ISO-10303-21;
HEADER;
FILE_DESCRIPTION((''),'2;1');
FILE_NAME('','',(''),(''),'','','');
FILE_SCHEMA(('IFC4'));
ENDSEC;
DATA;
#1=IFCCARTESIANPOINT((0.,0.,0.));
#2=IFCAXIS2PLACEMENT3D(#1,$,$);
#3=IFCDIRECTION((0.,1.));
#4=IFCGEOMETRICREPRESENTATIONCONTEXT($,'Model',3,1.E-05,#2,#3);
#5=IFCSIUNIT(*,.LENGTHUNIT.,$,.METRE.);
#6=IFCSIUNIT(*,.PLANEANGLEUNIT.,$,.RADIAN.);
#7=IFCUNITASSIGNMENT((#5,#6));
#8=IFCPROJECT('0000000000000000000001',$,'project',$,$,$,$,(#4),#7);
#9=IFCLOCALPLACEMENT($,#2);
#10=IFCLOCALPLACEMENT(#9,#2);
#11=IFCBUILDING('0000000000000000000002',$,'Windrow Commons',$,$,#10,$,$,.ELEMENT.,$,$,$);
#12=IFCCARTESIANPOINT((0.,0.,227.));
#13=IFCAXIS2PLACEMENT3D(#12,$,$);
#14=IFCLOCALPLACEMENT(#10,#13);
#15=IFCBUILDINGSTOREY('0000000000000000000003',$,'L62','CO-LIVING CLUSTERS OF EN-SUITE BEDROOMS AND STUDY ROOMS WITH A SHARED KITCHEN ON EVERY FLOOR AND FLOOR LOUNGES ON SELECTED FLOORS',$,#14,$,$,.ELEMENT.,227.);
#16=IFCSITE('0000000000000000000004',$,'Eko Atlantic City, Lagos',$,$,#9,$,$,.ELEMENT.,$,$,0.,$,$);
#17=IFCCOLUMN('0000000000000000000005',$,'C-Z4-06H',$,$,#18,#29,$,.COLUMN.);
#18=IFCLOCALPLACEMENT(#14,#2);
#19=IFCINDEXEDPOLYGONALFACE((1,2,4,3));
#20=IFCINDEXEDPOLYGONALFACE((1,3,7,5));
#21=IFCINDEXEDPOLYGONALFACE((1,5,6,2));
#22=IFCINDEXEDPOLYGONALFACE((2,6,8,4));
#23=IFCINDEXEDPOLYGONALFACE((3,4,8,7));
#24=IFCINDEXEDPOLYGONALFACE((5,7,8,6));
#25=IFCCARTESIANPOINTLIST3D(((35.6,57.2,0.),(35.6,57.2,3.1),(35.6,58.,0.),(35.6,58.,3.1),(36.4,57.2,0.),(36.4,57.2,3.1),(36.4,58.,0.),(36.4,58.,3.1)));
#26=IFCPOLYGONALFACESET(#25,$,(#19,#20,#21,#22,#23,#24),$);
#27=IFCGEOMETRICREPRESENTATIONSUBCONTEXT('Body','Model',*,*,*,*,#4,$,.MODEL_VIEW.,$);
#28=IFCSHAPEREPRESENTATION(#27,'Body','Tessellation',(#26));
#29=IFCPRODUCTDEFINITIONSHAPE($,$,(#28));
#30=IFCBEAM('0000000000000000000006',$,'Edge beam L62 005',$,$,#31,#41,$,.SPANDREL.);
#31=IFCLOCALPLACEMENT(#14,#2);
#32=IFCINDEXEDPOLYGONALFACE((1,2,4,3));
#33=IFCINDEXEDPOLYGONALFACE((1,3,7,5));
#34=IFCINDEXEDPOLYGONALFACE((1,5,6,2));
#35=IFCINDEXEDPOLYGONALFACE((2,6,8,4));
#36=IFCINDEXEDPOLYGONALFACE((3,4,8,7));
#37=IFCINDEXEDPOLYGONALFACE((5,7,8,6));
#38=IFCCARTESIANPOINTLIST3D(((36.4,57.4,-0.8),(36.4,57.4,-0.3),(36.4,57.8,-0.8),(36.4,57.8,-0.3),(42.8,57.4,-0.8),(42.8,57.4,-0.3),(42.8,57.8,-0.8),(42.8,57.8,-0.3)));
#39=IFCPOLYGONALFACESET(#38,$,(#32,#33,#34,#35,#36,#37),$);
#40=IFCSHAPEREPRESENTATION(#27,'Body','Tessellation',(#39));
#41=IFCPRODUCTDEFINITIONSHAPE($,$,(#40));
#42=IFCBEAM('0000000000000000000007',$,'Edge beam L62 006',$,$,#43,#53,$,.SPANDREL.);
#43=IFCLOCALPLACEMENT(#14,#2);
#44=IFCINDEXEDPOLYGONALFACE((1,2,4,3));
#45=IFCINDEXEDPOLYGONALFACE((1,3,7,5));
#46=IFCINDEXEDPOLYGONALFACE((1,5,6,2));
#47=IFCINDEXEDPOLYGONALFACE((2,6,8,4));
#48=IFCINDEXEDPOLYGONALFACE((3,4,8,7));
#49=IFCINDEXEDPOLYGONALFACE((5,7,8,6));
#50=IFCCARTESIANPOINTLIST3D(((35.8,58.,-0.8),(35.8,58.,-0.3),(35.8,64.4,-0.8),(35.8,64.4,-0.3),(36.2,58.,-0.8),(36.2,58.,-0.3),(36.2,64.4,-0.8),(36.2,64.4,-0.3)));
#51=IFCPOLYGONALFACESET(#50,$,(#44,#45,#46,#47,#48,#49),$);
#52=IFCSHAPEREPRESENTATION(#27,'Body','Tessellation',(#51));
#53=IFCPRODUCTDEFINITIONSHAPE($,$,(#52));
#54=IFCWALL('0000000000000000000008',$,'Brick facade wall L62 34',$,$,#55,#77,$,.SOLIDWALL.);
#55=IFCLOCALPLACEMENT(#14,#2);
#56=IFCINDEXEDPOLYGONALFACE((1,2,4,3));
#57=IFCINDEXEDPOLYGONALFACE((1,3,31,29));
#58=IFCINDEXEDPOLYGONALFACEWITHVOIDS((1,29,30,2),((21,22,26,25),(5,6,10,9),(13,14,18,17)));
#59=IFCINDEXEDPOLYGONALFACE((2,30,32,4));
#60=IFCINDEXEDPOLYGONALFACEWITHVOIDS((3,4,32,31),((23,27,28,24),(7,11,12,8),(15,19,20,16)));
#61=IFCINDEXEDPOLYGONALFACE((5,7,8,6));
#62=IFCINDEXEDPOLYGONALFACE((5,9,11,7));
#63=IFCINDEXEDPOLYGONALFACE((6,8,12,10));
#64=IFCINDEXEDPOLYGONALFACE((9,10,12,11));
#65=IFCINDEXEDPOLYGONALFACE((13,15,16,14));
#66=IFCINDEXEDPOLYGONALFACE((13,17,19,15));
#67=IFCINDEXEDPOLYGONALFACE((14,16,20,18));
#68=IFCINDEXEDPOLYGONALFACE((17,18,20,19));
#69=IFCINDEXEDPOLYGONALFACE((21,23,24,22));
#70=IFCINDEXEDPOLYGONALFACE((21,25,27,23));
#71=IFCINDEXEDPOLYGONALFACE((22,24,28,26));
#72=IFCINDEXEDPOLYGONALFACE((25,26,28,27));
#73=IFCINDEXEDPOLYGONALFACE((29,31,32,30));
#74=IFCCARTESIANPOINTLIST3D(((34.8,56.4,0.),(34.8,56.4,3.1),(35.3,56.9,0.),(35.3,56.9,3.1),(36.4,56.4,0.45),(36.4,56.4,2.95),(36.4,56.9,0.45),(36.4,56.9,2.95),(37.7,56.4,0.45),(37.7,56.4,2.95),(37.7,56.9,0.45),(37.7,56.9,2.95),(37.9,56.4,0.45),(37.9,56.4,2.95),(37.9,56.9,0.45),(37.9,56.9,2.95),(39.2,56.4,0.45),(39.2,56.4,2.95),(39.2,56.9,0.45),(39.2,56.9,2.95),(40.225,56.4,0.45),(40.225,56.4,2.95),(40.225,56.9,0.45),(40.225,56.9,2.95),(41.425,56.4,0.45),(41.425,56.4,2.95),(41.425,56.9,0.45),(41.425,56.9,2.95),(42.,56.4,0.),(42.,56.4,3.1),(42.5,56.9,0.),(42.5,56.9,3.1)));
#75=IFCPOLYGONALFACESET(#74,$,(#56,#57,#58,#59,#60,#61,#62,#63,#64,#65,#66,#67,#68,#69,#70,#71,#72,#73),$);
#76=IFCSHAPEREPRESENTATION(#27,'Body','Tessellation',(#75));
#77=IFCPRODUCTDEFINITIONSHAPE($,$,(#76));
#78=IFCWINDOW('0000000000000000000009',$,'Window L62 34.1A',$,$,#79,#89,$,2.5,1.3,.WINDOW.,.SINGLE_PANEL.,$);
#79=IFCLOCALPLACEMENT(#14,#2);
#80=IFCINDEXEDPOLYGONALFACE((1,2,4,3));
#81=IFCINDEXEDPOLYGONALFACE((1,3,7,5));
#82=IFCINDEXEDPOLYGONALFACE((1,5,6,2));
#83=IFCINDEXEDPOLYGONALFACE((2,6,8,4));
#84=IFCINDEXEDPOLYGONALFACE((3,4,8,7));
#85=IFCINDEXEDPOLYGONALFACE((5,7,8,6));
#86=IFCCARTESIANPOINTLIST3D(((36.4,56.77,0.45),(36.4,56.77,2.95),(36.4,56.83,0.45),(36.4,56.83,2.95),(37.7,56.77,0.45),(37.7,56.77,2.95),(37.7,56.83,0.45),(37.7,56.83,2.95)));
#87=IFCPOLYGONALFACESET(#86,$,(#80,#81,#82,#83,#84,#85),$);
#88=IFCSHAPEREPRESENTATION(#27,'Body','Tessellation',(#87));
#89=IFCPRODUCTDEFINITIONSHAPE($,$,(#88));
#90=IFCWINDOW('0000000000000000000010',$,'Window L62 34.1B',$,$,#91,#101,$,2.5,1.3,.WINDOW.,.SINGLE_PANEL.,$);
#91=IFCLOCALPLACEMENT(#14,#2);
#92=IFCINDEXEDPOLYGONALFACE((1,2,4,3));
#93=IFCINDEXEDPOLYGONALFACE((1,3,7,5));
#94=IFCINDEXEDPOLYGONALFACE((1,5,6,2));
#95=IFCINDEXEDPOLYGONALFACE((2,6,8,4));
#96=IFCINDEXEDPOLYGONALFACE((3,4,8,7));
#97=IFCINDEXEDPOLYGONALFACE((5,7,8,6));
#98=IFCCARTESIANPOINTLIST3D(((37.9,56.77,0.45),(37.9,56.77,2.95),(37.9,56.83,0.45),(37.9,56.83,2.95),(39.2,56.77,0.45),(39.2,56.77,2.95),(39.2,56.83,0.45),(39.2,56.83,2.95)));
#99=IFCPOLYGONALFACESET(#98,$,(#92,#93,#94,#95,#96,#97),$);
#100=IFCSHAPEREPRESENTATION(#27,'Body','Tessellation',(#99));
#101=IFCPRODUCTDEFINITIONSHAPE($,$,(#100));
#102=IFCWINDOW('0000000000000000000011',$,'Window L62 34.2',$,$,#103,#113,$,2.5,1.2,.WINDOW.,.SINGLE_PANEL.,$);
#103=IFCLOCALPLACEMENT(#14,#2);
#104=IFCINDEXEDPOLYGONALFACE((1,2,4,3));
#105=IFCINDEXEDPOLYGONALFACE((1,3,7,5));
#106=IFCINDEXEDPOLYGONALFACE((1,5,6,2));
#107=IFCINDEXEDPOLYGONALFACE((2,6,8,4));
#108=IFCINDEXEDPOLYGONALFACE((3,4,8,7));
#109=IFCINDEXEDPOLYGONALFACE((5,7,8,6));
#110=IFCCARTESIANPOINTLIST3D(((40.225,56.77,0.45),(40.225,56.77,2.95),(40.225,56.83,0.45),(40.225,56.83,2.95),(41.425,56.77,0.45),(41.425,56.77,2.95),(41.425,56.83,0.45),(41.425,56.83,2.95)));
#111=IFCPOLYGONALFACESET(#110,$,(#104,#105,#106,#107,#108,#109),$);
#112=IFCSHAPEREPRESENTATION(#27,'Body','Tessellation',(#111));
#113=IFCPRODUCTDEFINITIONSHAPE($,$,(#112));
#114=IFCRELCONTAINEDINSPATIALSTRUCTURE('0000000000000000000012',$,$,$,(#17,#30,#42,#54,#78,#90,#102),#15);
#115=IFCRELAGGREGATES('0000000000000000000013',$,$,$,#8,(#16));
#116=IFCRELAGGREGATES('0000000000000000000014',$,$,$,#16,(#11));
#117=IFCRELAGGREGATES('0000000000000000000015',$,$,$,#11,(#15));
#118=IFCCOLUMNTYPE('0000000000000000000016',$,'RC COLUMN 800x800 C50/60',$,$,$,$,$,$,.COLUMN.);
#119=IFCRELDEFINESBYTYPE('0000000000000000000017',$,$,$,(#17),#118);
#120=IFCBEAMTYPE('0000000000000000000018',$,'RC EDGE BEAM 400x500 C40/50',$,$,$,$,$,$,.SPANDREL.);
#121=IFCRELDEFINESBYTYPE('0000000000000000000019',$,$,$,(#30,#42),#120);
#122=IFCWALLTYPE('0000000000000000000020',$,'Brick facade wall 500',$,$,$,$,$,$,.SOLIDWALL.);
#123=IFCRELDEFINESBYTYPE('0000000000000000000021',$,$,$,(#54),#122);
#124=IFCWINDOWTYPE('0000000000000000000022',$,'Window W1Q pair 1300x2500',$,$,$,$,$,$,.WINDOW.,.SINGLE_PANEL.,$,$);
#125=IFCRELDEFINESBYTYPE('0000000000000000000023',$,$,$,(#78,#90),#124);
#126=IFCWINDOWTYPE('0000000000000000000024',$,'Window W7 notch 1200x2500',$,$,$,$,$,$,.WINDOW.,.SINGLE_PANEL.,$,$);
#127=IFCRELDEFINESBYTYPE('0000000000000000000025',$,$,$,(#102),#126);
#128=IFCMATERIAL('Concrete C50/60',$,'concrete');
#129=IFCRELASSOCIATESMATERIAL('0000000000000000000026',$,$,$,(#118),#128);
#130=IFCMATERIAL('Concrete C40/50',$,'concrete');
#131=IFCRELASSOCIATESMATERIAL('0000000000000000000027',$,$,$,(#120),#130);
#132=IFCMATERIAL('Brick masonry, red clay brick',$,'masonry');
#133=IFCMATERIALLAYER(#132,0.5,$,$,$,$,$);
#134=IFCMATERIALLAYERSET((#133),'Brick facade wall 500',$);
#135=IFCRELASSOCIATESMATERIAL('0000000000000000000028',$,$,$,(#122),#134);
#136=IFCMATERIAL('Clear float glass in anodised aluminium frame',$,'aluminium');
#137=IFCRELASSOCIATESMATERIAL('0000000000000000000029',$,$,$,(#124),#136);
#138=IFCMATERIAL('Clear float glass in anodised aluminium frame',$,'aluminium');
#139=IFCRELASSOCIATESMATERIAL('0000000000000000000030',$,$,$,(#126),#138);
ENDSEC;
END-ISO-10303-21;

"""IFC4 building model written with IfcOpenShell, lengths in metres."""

from ifc_helpers import new_model, si_unit, direction, frame, frame_2d, origin, origin_2d, place, context, subcontext, project, spatial, polyline, rectangle, outline, extrude, material, layer, layer_set, material_profile, profile_set, type_object, element, fill, save


model = new_model("IFC4")

# Units and contexts
model_context = context("Model", 3, precision=1e-05, world=origin(), true_north=direction((0.0, 1.0)))
body_context = subcontext(model_context, "Body", "Model", "MODEL_VIEW")
ifc_project = project(units=[si_unit("LENGTHUNIT", "METRE"), si_unit("PLANEANGLEUNIT", "RADIAN")], contexts=[model_context])

# Site, building, storey
site_placement = place(None, origin())
site = spatial("IfcSite", under=ifc_project, at=site_placement, Name="Eko Atlantic City, Lagos", CompositionType="ELEMENT", RefElevation=0.0)
building_placement = place(site_placement, origin())
building = spatial("IfcBuilding", under=site, at=building_placement, Name="Windrow Commons", CompositionType="ELEMENT")
storey_placement = place(building_placement, frame((0.0, 0.0, 227.0)))
storey = spatial("IfcBuildingStorey", under=building, at=storey_placement, Name="L62", Description="CO-LIVING CLUSTERS OF EN-SUITE BEDROOMS AND STUDY ROOMS WITH A SHARED KITCHEN ON EVERY FLOOR AND FLOOR LOUNGES ON SELECTED FLOORS", CompositionType="ELEMENT", Elevation=227.0)

# Column
ifc_material_1 = material(Name="Concrete C50/60", Category="concrete")
ifc_material_profile_1 = material_profile(ifc_material_1, rectangle(XDim=0.8, YDim=0.8, at=origin_2d()))
ifc_profile_set_1 = profile_set([ifc_material_profile_1], Name="Concrete C50/60")
column_type = type_object("IfcColumnType", Name="RC COLUMN 800x800 C50/60", PredefinedType="COLUMN", material=ifc_profile_set_1)
column_placement = place(storey_placement, frame((36.0, 57.6, 0.0), z_axis=(0.0, 0.0, 1.0), x_axis=(1.0, 0.0, 0.0)))
element("IfcColumn", 1, at=column_placement, inside=storey, type_object=column_type, Name="C-Z4-06H", PredefinedType="COLUMN", context=body_context, shape_type="SweptSolid", body=[
    extrude(rectangle(XDim=0.8, YDim=0.8, at=origin_2d()), origin(), (0.0, 0.0, 1.0), 3.1),
])

# Beams
ifc_material_2 = material(Name="Concrete C40/50", Category="concrete")
ifc_material_profile_2 = material_profile(ifc_material_2, rectangle(XDim=0.4, YDim=0.5, at=origin_2d()))
ifc_profile_set_2 = profile_set([ifc_material_profile_2], Name="Concrete C40/50")
beam_type = type_object("IfcBeamType", Name="RC EDGE BEAM 400x500 C40/50", PredefinedType="SPANDREL", material=ifc_profile_set_2)
for number, where, z_axis, x_axis, name in (
    (2, (42.8, 57.6, -0.55), (-1.0, 0.0, 0.0), (0.0, -1.0, 0.0), "Edge beam L62 005"),
    (3, (36.0, 58.0, -0.55), (0.0, 1.0, 0.0), (-1.0, 0.0, 0.0), "Edge beam L62 006"),
):
    element("IfcBeam", number, at=place(storey_placement, frame(where, z_axis=z_axis, x_axis=x_axis)), inside=storey, type_object=beam_type, Name=name, PredefinedType="SPANDREL", context=body_context, shape_type="SweptSolid", body=[
        extrude(rectangle(XDim=0.4, YDim=0.5, at=origin_2d()), origin(), (0.0, 0.0, 1.0), 6.4),
    ])

# Wall, openings, windows
ifc_material_3 = material(Name="Brick masonry, red clay brick", Category="masonry")
ifc_layer_1 = layer(ifc_material_3, 0.5)
ifc_layer_set_1 = layer_set([ifc_layer_1], Name="Brick facade wall 500")
wall_type_1 = type_object("IfcWallType", Name="Brick facade wall 500", PredefinedType="SOLIDWALL", material=ifc_layer_set_1)
wall_1_placement = place(storey_placement, frame((35.05, 56.65, 0.0), z_axis=(0.0, 0.0, 1.0), x_axis=(1.0, 0.0, 0.0)))
wall_1 = element("IfcWall", 4, at=wall_1_placement, inside=storey, type_object=wall_type_1, Name="Brick facade wall L62 34", PredefinedType="SOLIDWALL", context=body_context, shape_type="SweptSolid", body=[
    extrude(outline(polyline([(-0.25, -0.25), (6.95, -0.25), (7.45, 0.25), (0.25, 0.25), (-0.25, -0.25)])), origin(), (0.0, 0.0, 1.0), 3.1),
])
opening_1_placement = place(wall_1_placement, frame((1.35, 0.0, 0.45)))
opening_1 = element("IfcOpeningElement", 5, at=opening_1_placement, cuts=wall_1, PredefinedType="OPENING", context=body_context, shape_type="SweptSolid", body=[
    extrude(rectangle(XDim=1.3, YDim=2.5, at=frame_2d((0.65, 1.25))), frame((0.0, 0.26, 0.0), z_axis=(0.0, -1.0, 0.0), x_axis=(1.0, 0.0, 0.0)), (0.0, 0.0, 1.0), 0.52),
])
opening_2_placement = place(wall_1_placement, frame((2.85, 0.0, 0.45)))
opening_2 = element("IfcOpeningElement", 6, at=opening_2_placement, cuts=wall_1, PredefinedType="OPENING", context=body_context, shape_type="SweptSolid", body=[
    extrude(rectangle(XDim=1.3, YDim=2.5, at=frame_2d((0.65, 1.25))), frame((0.0, 0.26, 0.0), z_axis=(0.0, -1.0, 0.0), x_axis=(1.0, 0.0, 0.0)), (0.0, 0.0, 1.0), 0.52),
])
opening_3_placement = place(wall_1_placement, frame((5.175, 0.0, 0.45)))
opening_3 = element("IfcOpeningElement", 7, at=opening_3_placement, cuts=wall_1, PredefinedType="OPENING", context=body_context, shape_type="SweptSolid", body=[
    extrude(rectangle(XDim=1.2, YDim=2.5, at=frame_2d((0.6, 1.25))), frame((0.0, 0.26, 0.0), z_axis=(0.0, -1.0, 0.0), x_axis=(1.0, 0.0, 0.0)), (0.0, 0.0, 1.0), 0.52),
])
ifc_material_4 = material(Name="Clear float glass in anodised aluminium frame", Category="aluminium")
window_type_1 = type_object("IfcWindowType", Name="Window W1Q pair 1300x2500", PartitioningType="SINGLE_PANEL", PredefinedType="WINDOW", material=ifc_material_4)
window_1_placement = place(opening_1_placement, origin())
window_1 = element("IfcWindow", 8, at=window_1_placement, inside=storey, type_object=window_type_1, Name="Window L62 34.1A", OverallHeight=2.5, OverallWidth=1.3, PartitioningType="SINGLE_PANEL", PredefinedType="WINDOW", context=body_context, shape_type="SweptSolid", body=[
    extrude(rectangle(XDim=1.3, YDim=2.5, at=frame_2d((0.65, 1.25))), frame((0.0, 0.18, 0.0), z_axis=(0.0, -1.0, 0.0), x_axis=(1.0, 0.0, 0.0)), (0.0, 0.0, 1.0), 0.06),
])
fill(opening_1, window_1)
window_2_placement = place(opening_2_placement, origin())
window_2 = element("IfcWindow", 9, at=window_2_placement, inside=storey, type_object=window_type_1, Name="Window L62 34.1B", OverallHeight=2.5, OverallWidth=1.3, PartitioningType="SINGLE_PANEL", PredefinedType="WINDOW", context=body_context, shape_type="SweptSolid", body=[
    extrude(rectangle(XDim=1.3, YDim=2.5, at=frame_2d((0.65, 1.25))), frame((0.0, 0.18, 0.0), z_axis=(0.0, -1.0, 0.0), x_axis=(1.0, 0.0, 0.0)), (0.0, 0.0, 1.0), 0.06),
])
fill(opening_2, window_2)
ifc_material_5 = material(Name="Clear float glass in anodised aluminium frame", Category="aluminium")
window_type_2 = type_object("IfcWindowType", Name="Window W7 notch 1200x2500", PartitioningType="SINGLE_PANEL", PredefinedType="WINDOW", material=ifc_material_5)
window_3_placement = place(opening_3_placement, origin())
window_3 = element("IfcWindow", 10, at=window_3_placement, inside=storey, type_object=window_type_2, Name="Window L62 34.2", OverallHeight=2.5, OverallWidth=1.2, PartitioningType="SINGLE_PANEL", PredefinedType="WINDOW", context=body_context, shape_type="SweptSolid", body=[
    extrude(rectangle(XDim=1.2, YDim=2.5, at=frame_2d((0.6, 1.25))), frame((0.0, 0.18, 0.0), z_axis=(0.0, -1.0, 0.0), x_axis=(1.0, 0.0, 0.0)), (0.0, 0.0, 1.0), 0.06),
])
fill(opening_3, window_3)

save(model, "model.ifc")
